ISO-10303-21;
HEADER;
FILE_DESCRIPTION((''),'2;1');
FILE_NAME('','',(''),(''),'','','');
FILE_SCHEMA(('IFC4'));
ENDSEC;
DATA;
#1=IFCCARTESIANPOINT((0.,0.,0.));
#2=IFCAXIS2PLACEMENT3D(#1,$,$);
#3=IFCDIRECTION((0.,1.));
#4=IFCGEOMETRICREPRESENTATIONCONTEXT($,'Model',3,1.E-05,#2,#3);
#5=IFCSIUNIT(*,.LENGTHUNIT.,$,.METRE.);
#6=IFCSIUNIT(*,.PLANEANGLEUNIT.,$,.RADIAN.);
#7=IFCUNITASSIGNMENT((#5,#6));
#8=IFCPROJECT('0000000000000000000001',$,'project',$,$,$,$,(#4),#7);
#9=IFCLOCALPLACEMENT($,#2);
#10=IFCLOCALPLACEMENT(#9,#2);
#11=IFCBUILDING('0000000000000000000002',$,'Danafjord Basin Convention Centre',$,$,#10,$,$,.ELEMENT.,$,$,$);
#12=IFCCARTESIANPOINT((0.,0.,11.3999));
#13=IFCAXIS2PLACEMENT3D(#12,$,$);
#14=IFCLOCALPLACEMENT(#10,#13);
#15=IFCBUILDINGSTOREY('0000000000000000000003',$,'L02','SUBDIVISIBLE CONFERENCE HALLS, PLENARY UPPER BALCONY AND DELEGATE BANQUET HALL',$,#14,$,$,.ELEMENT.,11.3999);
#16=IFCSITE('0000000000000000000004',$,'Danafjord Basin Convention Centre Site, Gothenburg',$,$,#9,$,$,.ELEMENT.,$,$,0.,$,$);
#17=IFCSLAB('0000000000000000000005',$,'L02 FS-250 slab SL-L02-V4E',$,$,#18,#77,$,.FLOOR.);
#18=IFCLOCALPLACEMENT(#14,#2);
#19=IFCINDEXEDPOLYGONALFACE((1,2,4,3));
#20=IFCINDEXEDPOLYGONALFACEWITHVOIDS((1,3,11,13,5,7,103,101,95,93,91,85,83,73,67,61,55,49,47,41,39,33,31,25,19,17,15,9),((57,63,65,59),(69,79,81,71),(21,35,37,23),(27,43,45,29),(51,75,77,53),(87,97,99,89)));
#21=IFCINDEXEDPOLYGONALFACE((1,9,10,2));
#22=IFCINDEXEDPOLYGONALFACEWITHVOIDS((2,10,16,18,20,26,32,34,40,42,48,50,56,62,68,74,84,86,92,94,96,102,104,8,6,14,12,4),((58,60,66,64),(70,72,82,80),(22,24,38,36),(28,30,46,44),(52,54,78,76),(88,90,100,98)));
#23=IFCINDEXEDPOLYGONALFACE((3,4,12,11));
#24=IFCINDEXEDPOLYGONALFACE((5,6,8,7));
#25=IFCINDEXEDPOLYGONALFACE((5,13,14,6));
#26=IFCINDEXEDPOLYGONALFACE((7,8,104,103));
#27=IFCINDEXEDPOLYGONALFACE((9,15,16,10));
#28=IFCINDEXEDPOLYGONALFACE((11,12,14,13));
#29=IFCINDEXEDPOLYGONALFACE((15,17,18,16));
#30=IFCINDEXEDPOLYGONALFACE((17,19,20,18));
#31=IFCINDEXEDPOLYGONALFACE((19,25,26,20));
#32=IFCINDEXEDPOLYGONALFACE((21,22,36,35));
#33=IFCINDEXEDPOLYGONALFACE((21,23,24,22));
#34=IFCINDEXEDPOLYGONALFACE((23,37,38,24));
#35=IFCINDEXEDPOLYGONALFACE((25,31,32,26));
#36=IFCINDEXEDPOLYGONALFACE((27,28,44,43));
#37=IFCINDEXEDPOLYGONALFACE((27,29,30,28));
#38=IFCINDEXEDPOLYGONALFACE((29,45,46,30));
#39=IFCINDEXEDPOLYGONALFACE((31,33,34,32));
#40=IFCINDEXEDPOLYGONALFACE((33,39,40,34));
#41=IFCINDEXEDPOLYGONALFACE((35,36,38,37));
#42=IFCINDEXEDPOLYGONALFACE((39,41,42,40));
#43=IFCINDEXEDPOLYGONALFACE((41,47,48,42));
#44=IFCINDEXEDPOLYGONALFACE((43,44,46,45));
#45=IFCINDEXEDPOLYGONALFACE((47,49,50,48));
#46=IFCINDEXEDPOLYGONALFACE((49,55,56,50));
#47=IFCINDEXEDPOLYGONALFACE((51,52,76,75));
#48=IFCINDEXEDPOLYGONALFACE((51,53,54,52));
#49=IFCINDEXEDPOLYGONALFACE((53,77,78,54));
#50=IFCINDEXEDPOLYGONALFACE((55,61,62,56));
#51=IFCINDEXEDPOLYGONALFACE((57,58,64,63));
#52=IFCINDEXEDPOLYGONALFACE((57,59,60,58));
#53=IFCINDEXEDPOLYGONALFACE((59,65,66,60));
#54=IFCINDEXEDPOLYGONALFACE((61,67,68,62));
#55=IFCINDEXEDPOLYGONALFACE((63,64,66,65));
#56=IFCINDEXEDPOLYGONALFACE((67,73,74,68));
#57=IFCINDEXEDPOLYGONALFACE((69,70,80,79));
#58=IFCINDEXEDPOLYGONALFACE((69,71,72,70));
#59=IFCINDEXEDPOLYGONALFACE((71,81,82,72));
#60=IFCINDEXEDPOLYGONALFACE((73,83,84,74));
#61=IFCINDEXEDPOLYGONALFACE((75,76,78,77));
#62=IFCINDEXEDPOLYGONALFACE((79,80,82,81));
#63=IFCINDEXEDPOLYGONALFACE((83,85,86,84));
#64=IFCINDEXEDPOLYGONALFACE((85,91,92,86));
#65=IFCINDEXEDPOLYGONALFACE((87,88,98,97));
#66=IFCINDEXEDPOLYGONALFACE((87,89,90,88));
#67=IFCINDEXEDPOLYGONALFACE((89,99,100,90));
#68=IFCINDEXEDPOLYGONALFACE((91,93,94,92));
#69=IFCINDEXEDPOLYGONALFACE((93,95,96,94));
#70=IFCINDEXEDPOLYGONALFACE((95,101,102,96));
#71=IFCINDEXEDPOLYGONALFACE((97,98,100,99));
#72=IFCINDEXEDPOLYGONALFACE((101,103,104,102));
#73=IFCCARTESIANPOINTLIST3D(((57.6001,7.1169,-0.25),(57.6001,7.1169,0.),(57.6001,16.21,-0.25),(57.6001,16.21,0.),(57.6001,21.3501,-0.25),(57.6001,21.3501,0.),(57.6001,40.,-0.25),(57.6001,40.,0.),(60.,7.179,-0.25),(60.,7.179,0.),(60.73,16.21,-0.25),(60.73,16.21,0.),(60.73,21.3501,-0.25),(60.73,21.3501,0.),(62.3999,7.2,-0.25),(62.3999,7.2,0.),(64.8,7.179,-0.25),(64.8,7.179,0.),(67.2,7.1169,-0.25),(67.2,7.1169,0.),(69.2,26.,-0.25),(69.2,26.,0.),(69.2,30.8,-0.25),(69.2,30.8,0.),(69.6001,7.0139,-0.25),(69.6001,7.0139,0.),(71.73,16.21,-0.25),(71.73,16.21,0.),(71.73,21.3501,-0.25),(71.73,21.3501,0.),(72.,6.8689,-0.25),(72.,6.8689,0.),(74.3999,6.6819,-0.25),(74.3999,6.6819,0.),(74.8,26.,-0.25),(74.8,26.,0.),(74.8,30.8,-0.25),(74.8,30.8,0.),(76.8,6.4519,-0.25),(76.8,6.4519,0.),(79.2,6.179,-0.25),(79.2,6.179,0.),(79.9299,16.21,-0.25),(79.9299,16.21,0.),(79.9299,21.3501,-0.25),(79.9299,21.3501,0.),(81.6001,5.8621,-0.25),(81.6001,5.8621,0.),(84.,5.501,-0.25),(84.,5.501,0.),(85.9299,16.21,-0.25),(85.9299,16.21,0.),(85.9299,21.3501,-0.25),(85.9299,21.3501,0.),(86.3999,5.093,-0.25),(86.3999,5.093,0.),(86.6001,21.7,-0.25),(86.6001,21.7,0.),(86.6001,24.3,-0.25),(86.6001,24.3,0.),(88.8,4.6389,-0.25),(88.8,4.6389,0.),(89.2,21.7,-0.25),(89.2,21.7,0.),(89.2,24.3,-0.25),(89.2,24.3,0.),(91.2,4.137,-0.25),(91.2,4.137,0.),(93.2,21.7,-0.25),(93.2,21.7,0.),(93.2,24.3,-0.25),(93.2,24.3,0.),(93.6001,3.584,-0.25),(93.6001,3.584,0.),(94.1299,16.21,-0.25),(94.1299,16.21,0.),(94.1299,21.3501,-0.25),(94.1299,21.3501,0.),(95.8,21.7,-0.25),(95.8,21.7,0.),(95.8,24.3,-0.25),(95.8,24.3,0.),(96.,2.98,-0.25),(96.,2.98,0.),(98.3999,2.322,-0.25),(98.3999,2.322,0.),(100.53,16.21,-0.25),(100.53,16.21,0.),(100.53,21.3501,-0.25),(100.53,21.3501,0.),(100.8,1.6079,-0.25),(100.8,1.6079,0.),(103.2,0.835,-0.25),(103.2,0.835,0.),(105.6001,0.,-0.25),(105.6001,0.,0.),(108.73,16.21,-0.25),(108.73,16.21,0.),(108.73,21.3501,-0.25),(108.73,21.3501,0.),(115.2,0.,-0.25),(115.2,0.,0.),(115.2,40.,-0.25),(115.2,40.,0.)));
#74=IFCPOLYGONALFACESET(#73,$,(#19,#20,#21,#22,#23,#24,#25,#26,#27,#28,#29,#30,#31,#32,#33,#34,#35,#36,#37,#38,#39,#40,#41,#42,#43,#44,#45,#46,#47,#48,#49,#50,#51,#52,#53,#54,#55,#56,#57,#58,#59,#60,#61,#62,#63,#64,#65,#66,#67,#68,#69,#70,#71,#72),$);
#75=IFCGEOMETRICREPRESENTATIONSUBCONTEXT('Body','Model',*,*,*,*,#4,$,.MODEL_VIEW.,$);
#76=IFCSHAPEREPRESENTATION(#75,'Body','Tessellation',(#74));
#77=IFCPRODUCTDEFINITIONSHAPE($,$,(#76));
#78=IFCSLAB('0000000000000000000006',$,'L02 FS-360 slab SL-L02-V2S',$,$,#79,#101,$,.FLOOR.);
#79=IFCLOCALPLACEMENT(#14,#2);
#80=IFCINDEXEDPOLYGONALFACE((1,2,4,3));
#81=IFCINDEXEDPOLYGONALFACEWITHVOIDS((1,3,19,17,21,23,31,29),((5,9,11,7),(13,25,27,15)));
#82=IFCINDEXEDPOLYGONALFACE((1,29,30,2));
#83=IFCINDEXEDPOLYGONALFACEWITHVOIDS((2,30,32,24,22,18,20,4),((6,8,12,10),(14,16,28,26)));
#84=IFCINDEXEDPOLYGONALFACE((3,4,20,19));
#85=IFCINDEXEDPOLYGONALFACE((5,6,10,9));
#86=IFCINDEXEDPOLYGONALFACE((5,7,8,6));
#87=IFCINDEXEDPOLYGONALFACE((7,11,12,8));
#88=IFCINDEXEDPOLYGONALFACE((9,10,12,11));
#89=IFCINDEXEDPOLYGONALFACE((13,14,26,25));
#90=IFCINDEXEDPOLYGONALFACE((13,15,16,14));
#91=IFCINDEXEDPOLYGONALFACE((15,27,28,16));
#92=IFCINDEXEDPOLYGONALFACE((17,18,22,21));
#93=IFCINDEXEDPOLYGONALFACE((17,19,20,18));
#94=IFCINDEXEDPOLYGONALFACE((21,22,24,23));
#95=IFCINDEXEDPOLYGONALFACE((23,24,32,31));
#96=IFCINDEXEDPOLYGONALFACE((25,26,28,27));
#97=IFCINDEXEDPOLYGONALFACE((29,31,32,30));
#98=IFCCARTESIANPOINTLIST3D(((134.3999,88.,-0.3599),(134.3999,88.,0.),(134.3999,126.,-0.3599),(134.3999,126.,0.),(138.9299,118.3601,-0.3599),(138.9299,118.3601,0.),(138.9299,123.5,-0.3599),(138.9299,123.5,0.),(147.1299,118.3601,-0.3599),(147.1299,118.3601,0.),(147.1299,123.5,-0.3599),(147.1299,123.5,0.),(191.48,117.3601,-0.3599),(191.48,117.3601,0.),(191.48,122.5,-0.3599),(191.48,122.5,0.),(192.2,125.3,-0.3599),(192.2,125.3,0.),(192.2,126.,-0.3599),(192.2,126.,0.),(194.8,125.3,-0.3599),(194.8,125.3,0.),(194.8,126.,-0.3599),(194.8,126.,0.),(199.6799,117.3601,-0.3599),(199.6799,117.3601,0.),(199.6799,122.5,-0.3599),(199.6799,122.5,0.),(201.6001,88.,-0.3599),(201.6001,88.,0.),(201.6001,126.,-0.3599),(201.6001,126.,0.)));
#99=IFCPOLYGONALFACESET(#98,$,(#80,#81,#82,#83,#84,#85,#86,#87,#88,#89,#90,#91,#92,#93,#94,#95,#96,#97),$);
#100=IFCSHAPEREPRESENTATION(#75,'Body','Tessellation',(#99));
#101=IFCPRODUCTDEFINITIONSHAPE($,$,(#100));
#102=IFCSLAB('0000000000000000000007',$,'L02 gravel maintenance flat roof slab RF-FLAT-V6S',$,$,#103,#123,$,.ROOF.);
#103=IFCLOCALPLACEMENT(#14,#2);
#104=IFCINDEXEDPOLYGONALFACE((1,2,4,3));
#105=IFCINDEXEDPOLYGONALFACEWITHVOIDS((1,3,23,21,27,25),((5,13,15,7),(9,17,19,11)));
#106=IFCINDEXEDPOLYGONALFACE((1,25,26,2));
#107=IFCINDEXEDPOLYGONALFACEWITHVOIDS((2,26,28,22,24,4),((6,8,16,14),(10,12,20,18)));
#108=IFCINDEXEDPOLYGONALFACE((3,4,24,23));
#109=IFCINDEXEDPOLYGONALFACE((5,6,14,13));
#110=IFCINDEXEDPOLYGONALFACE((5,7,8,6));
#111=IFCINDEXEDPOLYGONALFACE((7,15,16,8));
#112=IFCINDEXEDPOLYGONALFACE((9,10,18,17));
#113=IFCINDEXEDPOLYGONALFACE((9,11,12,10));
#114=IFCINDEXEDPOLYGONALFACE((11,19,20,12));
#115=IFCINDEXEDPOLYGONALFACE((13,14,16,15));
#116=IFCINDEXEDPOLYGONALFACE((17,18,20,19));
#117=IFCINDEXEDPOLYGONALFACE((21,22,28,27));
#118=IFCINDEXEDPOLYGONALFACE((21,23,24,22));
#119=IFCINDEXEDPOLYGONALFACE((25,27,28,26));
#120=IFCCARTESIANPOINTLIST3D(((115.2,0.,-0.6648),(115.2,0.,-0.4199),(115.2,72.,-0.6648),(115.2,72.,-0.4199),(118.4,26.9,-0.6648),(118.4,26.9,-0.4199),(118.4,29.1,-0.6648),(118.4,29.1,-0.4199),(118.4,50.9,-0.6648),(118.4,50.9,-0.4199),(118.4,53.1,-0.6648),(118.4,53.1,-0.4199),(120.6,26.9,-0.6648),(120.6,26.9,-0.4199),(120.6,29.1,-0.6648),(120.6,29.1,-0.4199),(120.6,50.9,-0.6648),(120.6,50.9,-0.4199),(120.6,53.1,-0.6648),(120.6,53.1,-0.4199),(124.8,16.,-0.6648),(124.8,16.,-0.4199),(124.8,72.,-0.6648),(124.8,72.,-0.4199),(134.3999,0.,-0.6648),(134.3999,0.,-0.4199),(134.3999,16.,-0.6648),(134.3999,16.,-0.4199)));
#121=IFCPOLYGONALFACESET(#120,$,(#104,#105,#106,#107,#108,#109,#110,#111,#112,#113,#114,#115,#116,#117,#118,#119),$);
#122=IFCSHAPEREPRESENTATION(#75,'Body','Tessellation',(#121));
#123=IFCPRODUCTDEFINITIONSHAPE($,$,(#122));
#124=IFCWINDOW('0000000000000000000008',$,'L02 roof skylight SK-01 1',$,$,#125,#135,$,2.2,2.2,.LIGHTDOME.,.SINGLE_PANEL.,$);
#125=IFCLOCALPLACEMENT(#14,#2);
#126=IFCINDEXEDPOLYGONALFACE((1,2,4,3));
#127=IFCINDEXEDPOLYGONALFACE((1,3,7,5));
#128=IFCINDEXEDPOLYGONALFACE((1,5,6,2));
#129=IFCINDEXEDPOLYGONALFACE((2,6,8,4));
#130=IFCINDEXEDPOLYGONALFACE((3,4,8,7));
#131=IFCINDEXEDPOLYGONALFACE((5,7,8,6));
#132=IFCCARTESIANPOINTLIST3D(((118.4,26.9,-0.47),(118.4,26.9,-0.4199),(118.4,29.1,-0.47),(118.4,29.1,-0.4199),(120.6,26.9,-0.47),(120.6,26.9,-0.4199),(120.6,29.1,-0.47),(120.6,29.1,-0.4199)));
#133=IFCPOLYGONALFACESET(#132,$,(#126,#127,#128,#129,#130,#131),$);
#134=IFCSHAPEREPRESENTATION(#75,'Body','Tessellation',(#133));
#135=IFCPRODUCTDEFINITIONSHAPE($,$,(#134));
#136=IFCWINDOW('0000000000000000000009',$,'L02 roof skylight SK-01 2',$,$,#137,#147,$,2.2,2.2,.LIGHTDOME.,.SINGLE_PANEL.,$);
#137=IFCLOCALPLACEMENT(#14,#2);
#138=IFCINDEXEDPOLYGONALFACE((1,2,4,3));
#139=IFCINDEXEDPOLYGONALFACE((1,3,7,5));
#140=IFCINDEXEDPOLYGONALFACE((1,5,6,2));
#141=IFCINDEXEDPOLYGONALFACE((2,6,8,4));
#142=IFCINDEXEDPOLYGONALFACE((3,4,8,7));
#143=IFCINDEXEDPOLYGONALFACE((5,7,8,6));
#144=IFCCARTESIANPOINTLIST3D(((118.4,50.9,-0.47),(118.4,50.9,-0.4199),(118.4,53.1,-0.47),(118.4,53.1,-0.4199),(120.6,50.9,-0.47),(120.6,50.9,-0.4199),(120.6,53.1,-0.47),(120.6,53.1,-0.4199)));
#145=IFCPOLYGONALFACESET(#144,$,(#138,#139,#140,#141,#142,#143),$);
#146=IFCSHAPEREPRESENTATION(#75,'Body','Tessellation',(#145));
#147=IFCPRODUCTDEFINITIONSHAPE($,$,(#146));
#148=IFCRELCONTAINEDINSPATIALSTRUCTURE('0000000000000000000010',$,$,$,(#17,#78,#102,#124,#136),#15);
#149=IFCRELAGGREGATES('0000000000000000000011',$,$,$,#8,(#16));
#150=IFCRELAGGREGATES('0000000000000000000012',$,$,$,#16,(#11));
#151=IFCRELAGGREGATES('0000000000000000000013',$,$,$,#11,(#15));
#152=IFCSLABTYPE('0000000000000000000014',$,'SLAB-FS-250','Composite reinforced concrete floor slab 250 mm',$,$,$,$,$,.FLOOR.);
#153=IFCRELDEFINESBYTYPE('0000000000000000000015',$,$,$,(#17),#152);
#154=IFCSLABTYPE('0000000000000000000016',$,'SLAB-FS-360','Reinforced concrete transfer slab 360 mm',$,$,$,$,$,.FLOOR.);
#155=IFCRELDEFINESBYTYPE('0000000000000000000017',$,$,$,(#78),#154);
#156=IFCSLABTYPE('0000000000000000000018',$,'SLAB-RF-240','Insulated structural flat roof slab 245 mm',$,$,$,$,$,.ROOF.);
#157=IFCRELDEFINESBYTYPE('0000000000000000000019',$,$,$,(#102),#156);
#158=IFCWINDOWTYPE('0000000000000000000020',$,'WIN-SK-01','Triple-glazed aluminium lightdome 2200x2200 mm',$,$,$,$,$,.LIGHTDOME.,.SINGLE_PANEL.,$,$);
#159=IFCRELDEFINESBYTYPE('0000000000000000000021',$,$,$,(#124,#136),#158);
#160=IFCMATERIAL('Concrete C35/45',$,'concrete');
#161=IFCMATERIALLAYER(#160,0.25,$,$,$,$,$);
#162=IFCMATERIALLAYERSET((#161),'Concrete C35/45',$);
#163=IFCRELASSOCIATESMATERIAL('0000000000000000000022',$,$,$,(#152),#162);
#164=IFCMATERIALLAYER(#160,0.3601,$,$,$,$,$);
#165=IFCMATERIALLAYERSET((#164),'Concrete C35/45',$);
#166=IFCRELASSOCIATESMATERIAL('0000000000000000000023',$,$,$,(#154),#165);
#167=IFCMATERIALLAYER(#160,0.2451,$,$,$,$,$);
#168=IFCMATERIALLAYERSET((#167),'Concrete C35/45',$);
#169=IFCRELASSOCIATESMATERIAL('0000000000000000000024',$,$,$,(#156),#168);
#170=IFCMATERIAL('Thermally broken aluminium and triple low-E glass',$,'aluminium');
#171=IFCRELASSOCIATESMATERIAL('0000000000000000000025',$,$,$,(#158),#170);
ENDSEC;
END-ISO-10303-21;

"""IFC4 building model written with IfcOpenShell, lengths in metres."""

from ifc_helpers import new_model, si_unit, direction, frame, origin, origin_2d, place, context, subcontext, project, spatial, polyline, rectangle, outline, extrude, material, layer, layer_set, type_object, element, fill, save


model = new_model("IFC4")

# Units and contexts
model_context = context("Model", 3, precision=1e-05, world=origin(), true_north=direction((0.0, 1.0)))
body_context = subcontext(model_context, "Body", "Model", "MODEL_VIEW")
ifc_project = project(units=[si_unit("LENGTHUNIT", "METRE"), si_unit("PLANEANGLEUNIT", "RADIAN")], contexts=[model_context])

# Site, building, storey
site_placement = place(None, origin())
site = spatial("IfcSite", under=ifc_project, at=site_placement, Name="Danafjord Basin Convention Centre Site, Gothenburg", CompositionType="ELEMENT", RefElevation=0.0)
building_placement = place(site_placement, origin())
building = spatial("IfcBuilding", under=site, at=building_placement, Name="Danafjord Basin Convention Centre", CompositionType="ELEMENT")
storey_placement = place(building_placement, frame((0.0, 0.0, 11.3999)))
storey = spatial("IfcBuildingStorey", under=building, at=storey_placement, Name="L02", Description="SUBDIVISIBLE CONFERENCE HALLS, PLENARY UPPER BALCONY AND DELEGATE BANQUET HALL", CompositionType="ELEMENT", Elevation=11.3999)

# Slabs
ifc_material_1 = material(Name="Concrete C35/45", Category="concrete")
ifc_layer_1 = layer(ifc_material_1, 0.25)
ifc_layer_set_1 = layer_set([ifc_layer_1], Name="Concrete C35/45")
slab_type_1 = type_object("IfcSlabType", Name="SLAB-FS-250", Description="Composite reinforced concrete floor slab 250 mm", PredefinedType="FLOOR", material=ifc_layer_set_1)
slab_1_placement = place(storey_placement, frame((0.0, 0.0, -0.25)))
element("IfcSlab", 1, at=slab_1_placement, inside=storey, type_object=slab_type_1, Name="L02 FS-250 slab SL-L02-V4E", PredefinedType="FLOOR", context=body_context, shape_type="SweptSolid", body=[
    extrude(outline(polyline([(60.73, 16.21), (60.73, 21.3501), (57.6001, 21.3501), (57.6001, 40.0), (115.2, 40.0), (115.2, 0.0), (105.6001, 0.0), (103.2, 0.835), (100.8, 1.6079), (98.3999, 2.322), (96.0, 2.98), (93.6001, 3.584), (91.2, 4.137), (88.8, 4.6389), (86.3999, 5.093), (84.0, 5.501), (81.6001, 5.8621), (79.2, 6.179), (76.8, 6.4519), (74.3999, 6.6819), (72.0, 6.8689), (69.6001, 7.0139), (67.2, 7.1169), (64.8, 7.179), (62.3999, 7.2), (60.0, 7.179), (57.6001, 7.1169), (57.6001, 16.21), (60.73, 16.21)]), holes=[polyline([(108.73, 21.3501), (100.53, 21.3501), (100.53, 16.21), (108.73, 16.21), (108.73, 21.3501)]), polyline([(95.8, 24.3), (93.2, 24.3), (93.2, 21.7), (95.8, 21.7), (95.8, 24.3)]), polyline([(94.1299, 21.3501), (85.9299, 21.3501), (85.9299, 16.21), (94.1299, 16.21), (94.1299, 21.3501)]), polyline([(86.6001, 24.3), (86.6001, 21.7), (89.2, 21.7), (89.2, 24.3), (86.6001, 24.3)]), polyline([(71.73, 16.21), (79.9299, 16.21), (79.9299, 21.3501), (71.73, 21.3501), (71.73, 16.21)]), polyline([(74.8, 30.8), (69.2, 30.8), (69.2, 26.0), (74.8, 26.0), (74.8, 30.8)])]), origin(), (0.0, 0.0, 1.0), 0.25),
])
ifc_layer_2 = layer(ifc_material_1, 0.3601)
ifc_layer_set_2 = layer_set([ifc_layer_2], Name="Concrete C35/45")
slab_type_2 = type_object("IfcSlabType", Name="SLAB-FS-360", Description="Reinforced concrete transfer slab 360 mm", PredefinedType="FLOOR", material=ifc_layer_set_2)
slab_2_placement = place(storey_placement, frame((0.0, 0.0, -0.3599)))
element("IfcSlab", 2, at=slab_2_placement, inside=storey, type_object=slab_type_2, Name="L02 FS-360 slab SL-L02-V2S", PredefinedType="FLOOR", context=body_context, shape_type="SweptSolid", body=[
    extrude(outline(polyline([(192.2, 126.0), (192.2, 125.3), (194.8, 125.3), (194.8, 126.0), (201.6001, 126.0), (201.6001, 88.0), (134.3999, 88.0), (134.3999, 126.0), (192.2, 126.0)]), holes=[polyline([(191.48, 117.3601), (199.6799, 117.3601), (199.6799, 122.5), (191.48, 122.5), (191.48, 117.3601)]), polyline([(138.9299, 118.3601), (147.1299, 118.3601), (147.1299, 123.5), (138.9299, 123.5), (138.9299, 118.3601)])]), origin(), (0.0, 0.0, 1.0), 0.3599),
])

# Slab, openings, windows
ifc_layer_3 = layer(ifc_material_1, 0.2451)
ifc_layer_set_3 = layer_set([ifc_layer_3], Name="Concrete C35/45")
slab_type_3 = type_object("IfcSlabType", Name="SLAB-RF-240", Description="Insulated structural flat roof slab 245 mm", PredefinedType="ROOF", material=ifc_layer_set_3)
slab_3_placement = place(storey_placement, frame((0.0, 0.0, -0.6648)))
slab_3 = element("IfcSlab", 3, at=slab_3_placement, inside=storey, type_object=slab_type_3, Name="L02 gravel maintenance flat roof slab RF-FLAT-V6S", PredefinedType="ROOF", context=body_context, shape_type="SweptSolid", body=[
    extrude(outline(polyline([(115.2, 0.0), (115.2, 72.0), (124.8, 72.0), (124.8, 16.0), (134.3999, 16.0), (134.3999, 0.0), (115.2, 0.0)])), origin(), (0.0, 0.0, 1.0), 0.2449),
])
opening_1_placement = place(slab_3_placement, frame((119.5, 28.0, -0.01)))
opening_1 = element("IfcOpeningElement", 4, at=opening_1_placement, cuts=slab_3, PredefinedType="OPENING", context=body_context, shape_type="SweptSolid", body=[
    extrude(rectangle(XDim=2.2, YDim=2.2, at=origin_2d()), origin(), (0.0, 0.0, 1.0), 0.2649),
])
opening_2_placement = place(slab_3_placement, frame((119.5, 52.0, -0.01)))
opening_2 = element("IfcOpeningElement", 5, at=opening_2_placement, cuts=slab_3, PredefinedType="OPENING", context=body_context, shape_type="SweptSolid", body=[
    extrude(rectangle(XDim=2.2, YDim=2.2, at=origin_2d()), origin(), (0.0, 0.0, 1.0), 0.2649),
])
ifc_material_2 = material(Name="Thermally broken aluminium and triple low-E glass", Category="aluminium")
window_type = type_object("IfcWindowType", Name="WIN-SK-01", Description="Triple-glazed aluminium lightdome 2200x2200 mm", PartitioningType="SINGLE_PANEL", PredefinedType="LIGHTDOME", material=ifc_material_2)
window_1_placement = place(slab_3_placement, frame((119.5, 28.0, 0.1948)))
window_1 = element("IfcWindow", 6, at=window_1_placement, inside=storey, type_object=window_type, Name="L02 roof skylight SK-01 1", OverallHeight=2.2, OverallWidth=2.2, PartitioningType="SINGLE_PANEL", PredefinedType="LIGHTDOME", context=body_context, shape_type="SweptSolid", body=[
    extrude(rectangle(XDim=2.2, YDim=2.2, at=origin_2d()), origin(), (0.0, 0.0, 1.0), 0.05),
])
fill(opening_1, window_1)
window_2_placement = place(slab_3_placement, frame((119.5, 52.0, 0.1948)))
window_2 = element("IfcWindow", 7, at=window_2_placement, inside=storey, type_object=window_type, Name="L02 roof skylight SK-01 2", OverallHeight=2.2, OverallWidth=2.2, PartitioningType="SINGLE_PANEL", PredefinedType="LIGHTDOME", context=body_context, shape_type="SweptSolid", body=[
    extrude(rectangle(XDim=2.2, YDim=2.2, at=origin_2d()), origin(), (0.0, 0.0, 1.0), 0.05),
])
fill(opening_2, window_2)

save(model, "model.ifc")
